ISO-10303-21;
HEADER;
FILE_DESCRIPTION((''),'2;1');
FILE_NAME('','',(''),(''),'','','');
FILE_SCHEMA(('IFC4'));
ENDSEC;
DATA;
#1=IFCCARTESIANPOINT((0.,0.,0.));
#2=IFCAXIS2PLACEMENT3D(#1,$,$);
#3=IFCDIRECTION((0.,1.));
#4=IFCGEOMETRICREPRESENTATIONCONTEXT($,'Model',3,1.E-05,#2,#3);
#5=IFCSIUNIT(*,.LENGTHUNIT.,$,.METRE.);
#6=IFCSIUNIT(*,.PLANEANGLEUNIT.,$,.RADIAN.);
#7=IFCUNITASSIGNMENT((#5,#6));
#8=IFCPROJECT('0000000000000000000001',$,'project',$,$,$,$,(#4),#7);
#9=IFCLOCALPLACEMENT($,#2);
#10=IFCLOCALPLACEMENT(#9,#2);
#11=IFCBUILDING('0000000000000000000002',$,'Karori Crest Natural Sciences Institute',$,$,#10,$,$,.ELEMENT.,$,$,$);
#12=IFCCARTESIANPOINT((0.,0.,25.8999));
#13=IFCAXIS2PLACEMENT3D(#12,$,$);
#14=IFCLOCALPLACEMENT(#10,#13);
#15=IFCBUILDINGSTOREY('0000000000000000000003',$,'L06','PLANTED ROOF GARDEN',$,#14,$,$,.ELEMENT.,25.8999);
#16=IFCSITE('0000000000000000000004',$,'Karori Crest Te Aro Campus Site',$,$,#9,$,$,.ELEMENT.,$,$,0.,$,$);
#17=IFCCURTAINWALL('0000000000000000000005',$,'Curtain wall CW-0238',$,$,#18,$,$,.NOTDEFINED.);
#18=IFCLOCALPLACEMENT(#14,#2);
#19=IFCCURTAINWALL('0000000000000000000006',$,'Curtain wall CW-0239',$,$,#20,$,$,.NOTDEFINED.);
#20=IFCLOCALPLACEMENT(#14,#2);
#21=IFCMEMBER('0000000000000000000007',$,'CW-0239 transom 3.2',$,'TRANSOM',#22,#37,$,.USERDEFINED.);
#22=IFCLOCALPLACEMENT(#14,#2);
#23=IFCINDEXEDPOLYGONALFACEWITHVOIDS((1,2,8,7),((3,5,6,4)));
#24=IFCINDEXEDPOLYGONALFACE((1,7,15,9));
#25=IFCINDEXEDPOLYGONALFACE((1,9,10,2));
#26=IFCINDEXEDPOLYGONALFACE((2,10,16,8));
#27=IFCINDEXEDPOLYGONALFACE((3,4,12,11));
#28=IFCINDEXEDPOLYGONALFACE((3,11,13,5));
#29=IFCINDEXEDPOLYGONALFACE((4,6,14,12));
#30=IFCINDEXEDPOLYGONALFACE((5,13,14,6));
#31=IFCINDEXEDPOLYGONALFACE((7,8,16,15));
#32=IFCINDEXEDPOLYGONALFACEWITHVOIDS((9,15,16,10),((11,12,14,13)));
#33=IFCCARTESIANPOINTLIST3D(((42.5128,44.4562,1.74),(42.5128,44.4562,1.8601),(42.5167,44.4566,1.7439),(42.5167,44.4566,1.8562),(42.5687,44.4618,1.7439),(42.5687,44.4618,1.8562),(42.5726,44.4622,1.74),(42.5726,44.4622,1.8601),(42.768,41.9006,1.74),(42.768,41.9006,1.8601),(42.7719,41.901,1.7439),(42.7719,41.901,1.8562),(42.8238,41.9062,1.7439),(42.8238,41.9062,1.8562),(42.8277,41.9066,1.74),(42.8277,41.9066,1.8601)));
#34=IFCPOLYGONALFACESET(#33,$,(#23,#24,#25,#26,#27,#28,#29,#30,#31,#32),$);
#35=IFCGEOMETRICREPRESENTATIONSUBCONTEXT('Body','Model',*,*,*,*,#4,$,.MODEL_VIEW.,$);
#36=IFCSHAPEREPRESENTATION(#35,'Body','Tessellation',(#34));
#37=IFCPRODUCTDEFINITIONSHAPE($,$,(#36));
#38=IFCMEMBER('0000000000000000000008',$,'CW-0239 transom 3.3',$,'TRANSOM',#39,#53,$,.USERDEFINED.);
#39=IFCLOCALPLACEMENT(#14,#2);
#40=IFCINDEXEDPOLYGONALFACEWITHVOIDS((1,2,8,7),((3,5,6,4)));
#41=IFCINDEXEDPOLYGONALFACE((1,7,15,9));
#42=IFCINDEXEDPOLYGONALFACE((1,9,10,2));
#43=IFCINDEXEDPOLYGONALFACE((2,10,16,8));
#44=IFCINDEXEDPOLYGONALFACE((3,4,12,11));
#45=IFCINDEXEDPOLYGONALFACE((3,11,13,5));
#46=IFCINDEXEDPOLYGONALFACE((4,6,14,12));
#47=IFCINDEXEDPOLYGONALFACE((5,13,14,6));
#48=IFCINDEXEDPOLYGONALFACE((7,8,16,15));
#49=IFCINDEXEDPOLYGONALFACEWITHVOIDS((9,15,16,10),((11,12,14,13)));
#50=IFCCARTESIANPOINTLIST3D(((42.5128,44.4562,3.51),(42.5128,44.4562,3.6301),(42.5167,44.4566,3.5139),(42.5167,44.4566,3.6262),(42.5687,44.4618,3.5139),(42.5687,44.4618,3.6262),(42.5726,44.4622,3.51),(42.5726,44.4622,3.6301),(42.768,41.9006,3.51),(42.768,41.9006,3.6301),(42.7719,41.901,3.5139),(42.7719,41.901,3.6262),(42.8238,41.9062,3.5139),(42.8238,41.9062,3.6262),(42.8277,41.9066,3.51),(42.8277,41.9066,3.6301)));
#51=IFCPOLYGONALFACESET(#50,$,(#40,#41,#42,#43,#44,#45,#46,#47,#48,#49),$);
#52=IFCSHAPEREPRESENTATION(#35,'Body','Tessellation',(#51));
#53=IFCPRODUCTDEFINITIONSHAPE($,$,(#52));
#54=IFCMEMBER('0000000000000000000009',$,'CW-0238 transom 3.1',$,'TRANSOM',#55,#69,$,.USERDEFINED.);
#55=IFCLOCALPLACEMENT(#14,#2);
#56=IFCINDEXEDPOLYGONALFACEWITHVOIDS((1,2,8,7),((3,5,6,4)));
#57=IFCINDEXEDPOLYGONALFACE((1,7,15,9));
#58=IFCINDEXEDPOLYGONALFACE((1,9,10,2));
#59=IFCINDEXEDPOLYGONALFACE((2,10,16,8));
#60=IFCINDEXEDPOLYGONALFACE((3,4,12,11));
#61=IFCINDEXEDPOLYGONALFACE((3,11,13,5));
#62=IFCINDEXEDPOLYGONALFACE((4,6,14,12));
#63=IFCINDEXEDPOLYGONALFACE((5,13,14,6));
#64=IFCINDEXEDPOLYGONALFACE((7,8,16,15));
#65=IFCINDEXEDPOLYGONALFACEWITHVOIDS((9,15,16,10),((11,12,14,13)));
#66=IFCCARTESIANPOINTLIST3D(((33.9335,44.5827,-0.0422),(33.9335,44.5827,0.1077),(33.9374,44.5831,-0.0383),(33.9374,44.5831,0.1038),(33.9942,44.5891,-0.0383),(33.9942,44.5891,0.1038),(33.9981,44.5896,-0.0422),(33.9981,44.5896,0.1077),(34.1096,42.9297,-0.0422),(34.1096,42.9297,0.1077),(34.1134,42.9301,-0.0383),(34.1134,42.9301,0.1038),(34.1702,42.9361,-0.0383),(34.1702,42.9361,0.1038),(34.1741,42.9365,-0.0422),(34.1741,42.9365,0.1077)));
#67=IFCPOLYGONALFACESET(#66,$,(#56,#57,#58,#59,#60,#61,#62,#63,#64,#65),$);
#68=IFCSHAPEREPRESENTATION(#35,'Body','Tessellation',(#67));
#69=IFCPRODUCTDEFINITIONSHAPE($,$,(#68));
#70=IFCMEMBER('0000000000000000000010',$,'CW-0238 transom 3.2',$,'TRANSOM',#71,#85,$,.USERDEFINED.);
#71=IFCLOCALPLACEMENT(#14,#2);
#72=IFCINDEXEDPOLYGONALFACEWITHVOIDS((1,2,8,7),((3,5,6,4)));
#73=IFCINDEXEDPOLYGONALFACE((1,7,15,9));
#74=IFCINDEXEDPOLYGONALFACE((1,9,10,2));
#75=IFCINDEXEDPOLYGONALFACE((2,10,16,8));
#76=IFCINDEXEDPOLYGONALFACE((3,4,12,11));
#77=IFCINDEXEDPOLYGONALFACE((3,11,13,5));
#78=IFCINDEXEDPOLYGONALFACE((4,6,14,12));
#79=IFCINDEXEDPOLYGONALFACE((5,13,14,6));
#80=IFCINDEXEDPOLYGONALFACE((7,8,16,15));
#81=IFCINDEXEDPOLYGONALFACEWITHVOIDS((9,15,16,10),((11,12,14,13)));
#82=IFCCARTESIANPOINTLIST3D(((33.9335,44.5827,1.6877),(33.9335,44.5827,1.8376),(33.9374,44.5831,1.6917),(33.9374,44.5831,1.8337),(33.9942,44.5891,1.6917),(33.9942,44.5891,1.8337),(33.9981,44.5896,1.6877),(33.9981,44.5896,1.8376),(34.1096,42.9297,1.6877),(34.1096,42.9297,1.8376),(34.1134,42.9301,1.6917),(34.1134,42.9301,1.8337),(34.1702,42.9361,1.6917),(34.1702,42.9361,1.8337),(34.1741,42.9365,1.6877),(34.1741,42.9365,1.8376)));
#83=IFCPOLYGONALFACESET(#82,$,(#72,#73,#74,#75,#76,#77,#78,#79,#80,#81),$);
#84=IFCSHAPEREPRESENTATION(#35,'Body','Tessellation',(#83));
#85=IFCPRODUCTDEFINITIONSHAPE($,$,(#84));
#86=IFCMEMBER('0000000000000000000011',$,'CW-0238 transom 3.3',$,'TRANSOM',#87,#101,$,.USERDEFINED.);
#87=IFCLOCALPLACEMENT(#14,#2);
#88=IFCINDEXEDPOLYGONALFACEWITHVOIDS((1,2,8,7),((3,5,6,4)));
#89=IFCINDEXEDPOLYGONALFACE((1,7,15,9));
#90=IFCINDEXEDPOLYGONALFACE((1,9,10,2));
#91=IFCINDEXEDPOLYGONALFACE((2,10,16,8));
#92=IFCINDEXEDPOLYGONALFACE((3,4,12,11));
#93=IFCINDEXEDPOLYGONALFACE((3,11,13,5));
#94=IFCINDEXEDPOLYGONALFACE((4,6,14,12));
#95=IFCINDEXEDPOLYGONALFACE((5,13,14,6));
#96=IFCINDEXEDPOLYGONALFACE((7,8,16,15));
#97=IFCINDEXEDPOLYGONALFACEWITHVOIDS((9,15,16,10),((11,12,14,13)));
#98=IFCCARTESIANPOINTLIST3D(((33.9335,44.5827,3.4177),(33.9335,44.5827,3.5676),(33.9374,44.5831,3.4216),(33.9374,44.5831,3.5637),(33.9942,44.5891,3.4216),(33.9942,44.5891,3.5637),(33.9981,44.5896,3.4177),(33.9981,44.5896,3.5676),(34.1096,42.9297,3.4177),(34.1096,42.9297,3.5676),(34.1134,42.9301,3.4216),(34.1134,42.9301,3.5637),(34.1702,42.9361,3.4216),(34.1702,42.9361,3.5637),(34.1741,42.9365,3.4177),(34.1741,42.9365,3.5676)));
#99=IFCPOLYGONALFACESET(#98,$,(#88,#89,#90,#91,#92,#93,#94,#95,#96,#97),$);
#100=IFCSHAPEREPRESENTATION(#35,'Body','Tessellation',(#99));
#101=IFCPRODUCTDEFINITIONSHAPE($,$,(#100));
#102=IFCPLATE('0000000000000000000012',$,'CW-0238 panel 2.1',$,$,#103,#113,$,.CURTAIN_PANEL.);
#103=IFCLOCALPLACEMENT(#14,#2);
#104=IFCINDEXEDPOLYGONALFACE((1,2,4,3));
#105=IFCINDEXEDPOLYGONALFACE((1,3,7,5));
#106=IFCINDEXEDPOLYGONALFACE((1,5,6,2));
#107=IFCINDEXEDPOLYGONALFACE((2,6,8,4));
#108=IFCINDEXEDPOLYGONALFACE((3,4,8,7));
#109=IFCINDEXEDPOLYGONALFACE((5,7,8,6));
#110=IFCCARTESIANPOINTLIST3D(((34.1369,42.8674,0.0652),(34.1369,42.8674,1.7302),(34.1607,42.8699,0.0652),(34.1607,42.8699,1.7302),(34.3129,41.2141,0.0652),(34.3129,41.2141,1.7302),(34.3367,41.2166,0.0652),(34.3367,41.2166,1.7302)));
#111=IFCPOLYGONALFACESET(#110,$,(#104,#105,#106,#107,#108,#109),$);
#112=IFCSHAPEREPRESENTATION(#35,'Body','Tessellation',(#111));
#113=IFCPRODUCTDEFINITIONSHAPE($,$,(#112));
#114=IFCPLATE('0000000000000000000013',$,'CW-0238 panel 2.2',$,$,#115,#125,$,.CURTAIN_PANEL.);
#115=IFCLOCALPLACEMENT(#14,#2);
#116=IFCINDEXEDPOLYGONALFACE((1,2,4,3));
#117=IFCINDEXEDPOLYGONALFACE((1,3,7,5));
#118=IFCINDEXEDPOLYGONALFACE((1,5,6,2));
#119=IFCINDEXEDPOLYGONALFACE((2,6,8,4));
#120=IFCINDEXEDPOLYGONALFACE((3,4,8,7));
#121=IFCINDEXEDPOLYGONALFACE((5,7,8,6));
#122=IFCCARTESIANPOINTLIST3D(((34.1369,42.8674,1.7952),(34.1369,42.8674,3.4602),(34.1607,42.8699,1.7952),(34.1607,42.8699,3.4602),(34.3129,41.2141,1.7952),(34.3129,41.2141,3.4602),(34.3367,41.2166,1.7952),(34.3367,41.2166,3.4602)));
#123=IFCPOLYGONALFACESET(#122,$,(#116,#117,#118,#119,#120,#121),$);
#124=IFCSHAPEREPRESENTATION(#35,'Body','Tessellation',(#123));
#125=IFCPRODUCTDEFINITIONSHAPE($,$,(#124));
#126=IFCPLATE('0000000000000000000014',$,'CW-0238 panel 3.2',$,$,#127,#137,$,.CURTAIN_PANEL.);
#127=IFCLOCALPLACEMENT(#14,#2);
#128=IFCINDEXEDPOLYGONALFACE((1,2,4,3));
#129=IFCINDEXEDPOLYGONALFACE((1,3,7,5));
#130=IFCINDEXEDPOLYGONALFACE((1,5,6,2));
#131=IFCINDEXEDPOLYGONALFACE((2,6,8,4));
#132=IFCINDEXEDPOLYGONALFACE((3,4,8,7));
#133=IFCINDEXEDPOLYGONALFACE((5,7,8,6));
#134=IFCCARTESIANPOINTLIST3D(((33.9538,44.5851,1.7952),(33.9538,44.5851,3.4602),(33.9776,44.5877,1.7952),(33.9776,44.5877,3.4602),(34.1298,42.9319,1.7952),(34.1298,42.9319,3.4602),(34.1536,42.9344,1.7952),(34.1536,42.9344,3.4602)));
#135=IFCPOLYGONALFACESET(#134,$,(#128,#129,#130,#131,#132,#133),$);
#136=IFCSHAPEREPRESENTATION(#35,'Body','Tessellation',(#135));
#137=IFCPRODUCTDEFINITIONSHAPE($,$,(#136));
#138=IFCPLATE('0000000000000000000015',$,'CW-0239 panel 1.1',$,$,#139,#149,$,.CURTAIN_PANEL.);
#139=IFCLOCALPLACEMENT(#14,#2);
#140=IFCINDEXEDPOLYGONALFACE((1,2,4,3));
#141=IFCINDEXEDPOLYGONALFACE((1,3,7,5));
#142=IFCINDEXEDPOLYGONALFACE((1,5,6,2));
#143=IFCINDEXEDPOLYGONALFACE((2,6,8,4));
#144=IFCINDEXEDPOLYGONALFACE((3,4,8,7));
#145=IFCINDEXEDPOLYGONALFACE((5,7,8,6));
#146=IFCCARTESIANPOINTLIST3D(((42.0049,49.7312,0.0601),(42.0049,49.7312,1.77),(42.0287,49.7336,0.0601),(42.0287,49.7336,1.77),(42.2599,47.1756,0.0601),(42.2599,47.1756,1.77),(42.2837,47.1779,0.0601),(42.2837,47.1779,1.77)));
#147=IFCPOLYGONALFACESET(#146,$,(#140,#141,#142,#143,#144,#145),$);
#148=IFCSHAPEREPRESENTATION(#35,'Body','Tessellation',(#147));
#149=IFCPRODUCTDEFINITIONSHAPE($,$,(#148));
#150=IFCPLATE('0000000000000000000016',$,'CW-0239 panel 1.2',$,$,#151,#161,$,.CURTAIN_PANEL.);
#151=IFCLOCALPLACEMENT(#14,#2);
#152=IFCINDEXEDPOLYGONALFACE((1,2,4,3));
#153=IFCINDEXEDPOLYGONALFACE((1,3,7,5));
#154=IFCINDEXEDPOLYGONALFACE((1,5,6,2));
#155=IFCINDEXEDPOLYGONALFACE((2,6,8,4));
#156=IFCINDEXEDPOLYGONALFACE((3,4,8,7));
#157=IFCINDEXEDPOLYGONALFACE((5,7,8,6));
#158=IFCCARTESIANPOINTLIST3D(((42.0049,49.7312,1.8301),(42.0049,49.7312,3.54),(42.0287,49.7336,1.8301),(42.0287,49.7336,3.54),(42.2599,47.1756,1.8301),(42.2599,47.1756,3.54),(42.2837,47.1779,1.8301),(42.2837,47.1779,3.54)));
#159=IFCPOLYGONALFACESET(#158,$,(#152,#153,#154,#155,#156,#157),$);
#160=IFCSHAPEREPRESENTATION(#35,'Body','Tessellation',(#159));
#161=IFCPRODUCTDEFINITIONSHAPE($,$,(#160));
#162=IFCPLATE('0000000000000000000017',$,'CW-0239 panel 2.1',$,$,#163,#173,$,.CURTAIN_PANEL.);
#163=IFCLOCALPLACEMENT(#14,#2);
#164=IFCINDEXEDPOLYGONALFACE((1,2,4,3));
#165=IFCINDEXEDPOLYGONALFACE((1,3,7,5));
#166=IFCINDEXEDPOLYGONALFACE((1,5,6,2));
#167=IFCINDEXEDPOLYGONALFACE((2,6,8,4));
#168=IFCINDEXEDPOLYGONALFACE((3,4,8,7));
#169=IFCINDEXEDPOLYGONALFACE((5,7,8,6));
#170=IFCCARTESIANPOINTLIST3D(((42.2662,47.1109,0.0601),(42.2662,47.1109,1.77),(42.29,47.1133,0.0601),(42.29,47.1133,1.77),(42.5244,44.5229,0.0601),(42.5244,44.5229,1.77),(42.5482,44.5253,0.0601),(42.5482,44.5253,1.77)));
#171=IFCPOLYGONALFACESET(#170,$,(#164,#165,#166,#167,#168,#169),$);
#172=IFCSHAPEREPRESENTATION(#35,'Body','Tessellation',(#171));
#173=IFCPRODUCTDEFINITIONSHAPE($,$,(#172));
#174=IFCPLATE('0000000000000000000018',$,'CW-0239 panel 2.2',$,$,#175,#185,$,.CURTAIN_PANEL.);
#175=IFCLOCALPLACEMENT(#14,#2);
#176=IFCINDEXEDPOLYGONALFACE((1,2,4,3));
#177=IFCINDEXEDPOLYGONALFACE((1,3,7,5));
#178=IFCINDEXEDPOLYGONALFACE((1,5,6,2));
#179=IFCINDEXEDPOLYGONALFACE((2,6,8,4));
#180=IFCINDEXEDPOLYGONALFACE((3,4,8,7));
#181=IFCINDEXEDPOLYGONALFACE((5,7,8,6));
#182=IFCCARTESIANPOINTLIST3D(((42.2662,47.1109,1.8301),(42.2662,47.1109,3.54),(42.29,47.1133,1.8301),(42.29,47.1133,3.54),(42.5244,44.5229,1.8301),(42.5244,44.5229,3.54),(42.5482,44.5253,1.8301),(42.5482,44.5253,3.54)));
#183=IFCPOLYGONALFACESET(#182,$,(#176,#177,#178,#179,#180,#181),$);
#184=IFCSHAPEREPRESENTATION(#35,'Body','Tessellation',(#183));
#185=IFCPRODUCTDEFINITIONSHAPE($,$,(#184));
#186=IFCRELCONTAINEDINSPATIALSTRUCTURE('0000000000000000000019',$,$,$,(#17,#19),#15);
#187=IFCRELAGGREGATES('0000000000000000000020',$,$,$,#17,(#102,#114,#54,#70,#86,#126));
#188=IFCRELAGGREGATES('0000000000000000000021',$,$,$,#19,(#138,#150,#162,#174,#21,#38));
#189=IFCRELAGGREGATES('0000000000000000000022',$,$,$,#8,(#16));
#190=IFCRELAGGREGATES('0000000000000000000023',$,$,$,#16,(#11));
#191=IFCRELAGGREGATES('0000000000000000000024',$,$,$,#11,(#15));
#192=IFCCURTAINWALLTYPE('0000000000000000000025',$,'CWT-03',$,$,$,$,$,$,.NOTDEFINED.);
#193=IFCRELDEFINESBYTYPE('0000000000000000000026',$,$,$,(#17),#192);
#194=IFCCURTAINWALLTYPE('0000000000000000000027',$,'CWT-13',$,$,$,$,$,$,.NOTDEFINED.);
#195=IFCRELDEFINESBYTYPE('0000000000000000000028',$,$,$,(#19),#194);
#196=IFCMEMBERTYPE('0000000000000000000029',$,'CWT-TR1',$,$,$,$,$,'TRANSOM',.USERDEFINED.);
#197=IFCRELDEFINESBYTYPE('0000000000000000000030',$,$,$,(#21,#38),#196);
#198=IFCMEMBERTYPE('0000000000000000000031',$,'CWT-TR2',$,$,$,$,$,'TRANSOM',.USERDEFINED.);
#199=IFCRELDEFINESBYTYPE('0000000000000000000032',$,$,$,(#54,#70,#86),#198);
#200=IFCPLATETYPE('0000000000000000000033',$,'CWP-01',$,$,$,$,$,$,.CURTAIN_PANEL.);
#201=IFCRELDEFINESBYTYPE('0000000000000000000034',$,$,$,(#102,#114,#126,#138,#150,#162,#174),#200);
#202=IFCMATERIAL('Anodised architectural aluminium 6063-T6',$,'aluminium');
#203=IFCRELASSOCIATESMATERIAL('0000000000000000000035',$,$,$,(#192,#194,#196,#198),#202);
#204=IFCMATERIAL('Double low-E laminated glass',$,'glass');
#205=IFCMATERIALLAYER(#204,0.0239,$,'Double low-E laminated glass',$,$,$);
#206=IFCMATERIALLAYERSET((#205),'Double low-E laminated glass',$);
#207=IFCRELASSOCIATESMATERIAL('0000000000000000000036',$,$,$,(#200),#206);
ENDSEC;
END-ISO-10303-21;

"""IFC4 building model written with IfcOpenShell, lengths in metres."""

from ifc_helpers import new_model, si_unit, direction, frame, origin, origin_2d, place, context, subcontext, project, spatial, rectangle, hollow_rectangle, extrude, material, layer, layer_set, material_profile, profile_set, type_object, element, aggregate, save


model = new_model("IFC4")

# Units and contexts
model_context = context("Model", 3, precision=1e-05, world=origin(), true_north=direction((0.0, 1.0)))
body_context = subcontext(model_context, "Body", "Model", "MODEL_VIEW")
ifc_project = project(units=[si_unit("LENGTHUNIT", "METRE"), si_unit("PLANEANGLEUNIT", "RADIAN")], contexts=[model_context])

# Site, building, storey
site_placement = place(None, origin())
site = spatial("IfcSite", under=ifc_project, at=site_placement, Name="Karori Crest Te Aro Campus Site", CompositionType="ELEMENT", RefElevation=0.0)
building_placement = place(site_placement, origin())
building = spatial("IfcBuilding", under=site, at=building_placement, Name="Karori Crest Natural Sciences Institute", CompositionType="ELEMENT")
storey_placement = place(building_placement, frame((0.0, 0.0, 25.8999)))
storey = spatial("IfcBuildingStorey", under=building, at=storey_placement, Name="L06", Description="PLANTED ROOF GARDEN", CompositionType="ELEMENT", Elevation=25.8999)

# Curtain wall
ifc_material_1 = material(Name="Anodised architectural aluminium 6063-T6", Category="aluminium")
curtain_wall_type_1 = type_object("IfcCurtainWallType", Name="CWT-03", PredefinedType="NOTDEFINED", material=ifc_material_1)
curtain_wall_1_placement = place(storey_placement, origin())
curtain_wall_1 = element("IfcCurtainWall", 1, at=curtain_wall_1_placement, inside=storey, type_object=curtain_wall_type_1, Name="Curtain wall CW-0238", PredefinedType="NOTDEFINED")

# Curtain wall, members
curtain_wall_type_2 = type_object("IfcCurtainWallType", Name="CWT-13", PredefinedType="NOTDEFINED", material=ifc_material_1)
curtain_wall_2_placement = place(storey_placement, origin())
curtain_wall_2 = element("IfcCurtainWall", 2, at=curtain_wall_2_placement, inside=storey, type_object=curtain_wall_type_2, Name="Curtain wall CW-0239", PredefinedType="NOTDEFINED")
ifc_material_profile_1 = material_profile(ifc_material_1, hollow_rectangle(XDim=0.0601, YDim=0.1201, WallThickness=0.0039, at=origin_2d()), Name="CWT120x60x4")
ifc_profile_set_1 = profile_set([ifc_material_profile_1], Name="Anodised architectural aluminium 6063-T6")
member_type_1 = type_object("IfcMemberType", Name="CWT-TR1", ElementType="TRANSOM", PredefinedType="USERDEFINED", material=ifc_profile_set_1)
member_1_placement = place(storey_placement, frame((42.5427, 44.4592, 1.8), z_axis=(0.099334, -0.995054, 0.0), x_axis=(0.995054, 0.099334, 0.0)))
member_1 = element("IfcMember", 3, at=member_1_placement, type_object=member_type_1, Name="CW-0239 transom 3.2", ObjectType="TRANSOM", PredefinedType="USERDEFINED", context=body_context, shape_type="SweptSolid", body=[
    extrude(hollow_rectangle(XDim=0.0601, YDim=0.1201, WallThickness=0.0039, at=origin_2d()), origin(), (0.0, 0.0, 1.0), 2.5684),
])
member_2_placement = place(storey_placement, frame((42.5427, 44.4592, 3.5701), z_axis=(0.099334, -0.995054, 0.0), x_axis=(0.995054, 0.099334, 0.0)))
member_2 = element("IfcMember", 4, at=member_2_placement, type_object=member_type_1, Name="CW-0239 transom 3.3", ObjectType="TRANSOM", PredefinedType="USERDEFINED", context=body_context, shape_type="SweptSolid", body=[
    extrude(hollow_rectangle(XDim=0.0601, YDim=0.1201, WallThickness=0.0039, at=origin_2d()), origin(), (0.0, 0.0, 1.0), 2.5684),
])

# Members
ifc_material_profile_2 = material_profile(ifc_material_1, hollow_rectangle(XDim=0.0649, YDim=0.1499, WallThickness=0.0039, at=origin_2d()), Name="CWT150x65x4")
ifc_profile_set_2 = profile_set([ifc_material_profile_2], Name="Anodised architectural aluminium 6063-T6")
member_type_2 = type_object("IfcMemberType", Name="CWT-TR2", ElementType="TRANSOM", PredefinedType="USERDEFINED", material=ifc_profile_set_2)
member_3_placement = place(storey_placement, frame((34.1418, 42.9331, 0.0327), z_axis=(-0.105885, 0.994378, 0.0), x_axis=(-0.994378, -0.105885, 0.0)))
member_3 = element("IfcMember", 5, at=member_3_placement, type_object=member_type_2, Name="CW-0238 transom 3.1", ObjectType="TRANSOM", PredefinedType="USERDEFINED", context=body_context, shape_type="SweptSolid", body=[
    extrude(hollow_rectangle(XDim=0.0649, YDim=0.1499, WallThickness=0.0039, at=origin_2d()), origin(), (0.0, 0.0, 1.0), 1.6624),
])
member_4_placement = place(storey_placement, frame((34.1418, 42.9331, 1.7627), z_axis=(-0.105885, 0.994378, 0.0), x_axis=(-0.994378, -0.105885, 0.0)))
member_4 = element("IfcMember", 6, at=member_4_placement, type_object=member_type_2, Name="CW-0238 transom 3.2", ObjectType="TRANSOM", PredefinedType="USERDEFINED", context=body_context, shape_type="SweptSolid", body=[
    extrude(hollow_rectangle(XDim=0.0649, YDim=0.1499, WallThickness=0.0039, at=origin_2d()), origin(), (0.0, 0.0, 1.0), 1.6624),
])
member_5_placement = place(storey_placement, frame((34.1418, 42.9331, 3.4927), z_axis=(-0.105885, 0.994378, 0.0), x_axis=(-0.994378, -0.105885, 0.0)))
member_5 = element("IfcMember", 7, at=member_5_placement, type_object=member_type_2, Name="CW-0238 transom 3.3", ObjectType="TRANSOM", PredefinedType="USERDEFINED", context=body_context, shape_type="SweptSolid", body=[
    extrude(hollow_rectangle(XDim=0.0649, YDim=0.1499, WallThickness=0.0039, at=origin_2d()), origin(), (0.0, 0.0, 1.0), 1.6624),
])

# Plates
ifc_material_2 = material(Name="Double low-E laminated glass", Category="glass")
ifc_layer_1 = layer(ifc_material_2, 0.0239, Name="Double low-E laminated glass")
ifc_layer_set_1 = layer_set([ifc_layer_1], Name="Double low-E laminated glass")
plate_type = type_object("IfcPlateType", Name="CWP-01", PredefinedType="CURTAIN_PANEL", material=ifc_layer_set_1)
plate_1_placement = place(storey_placement, frame((34.2368, 42.042, 0.0652), z_axis=(0.0, 0.0, 1.0), x_axis=(-0.105884, 0.994378, 0.0)))
plate_1 = element("IfcPlate", 8, at=plate_1_placement, type_object=plate_type, Name="CW-0238 panel 2.1", PredefinedType="CURTAIN_PANEL", context=body_context, shape_type="SweptSolid", body=[
    extrude(rectangle(XDim=1.6626, YDim=0.0239, at=origin_2d()), origin(), (0.0, 0.0, 1.0), 1.665),
])
plate_2_placement = place(storey_placement, frame((34.2368, 42.042, 1.7952), z_axis=(0.0, 0.0, 1.0), x_axis=(-0.105884, 0.994378, 0.0)))
plate_2 = element("IfcPlate", 9, at=plate_2_placement, type_object=plate_type, Name="CW-0238 panel 2.2", PredefinedType="CURTAIN_PANEL", context=body_context, shape_type="SweptSolid", body=[
    extrude(rectangle(XDim=1.6626, YDim=0.0239, at=origin_2d()), origin(), (0.0, 0.0, 1.0), 1.665),
])
plate_3_placement = place(storey_placement, frame((34.0537, 43.7598, 1.7952), z_axis=(0.0, 0.0, 1.0), x_axis=(-0.105884, 0.994378, 0.0)))
plate_3 = element("IfcPlate", 10, at=plate_3_placement, type_object=plate_type, Name="CW-0238 panel 3.2", PredefinedType="CURTAIN_PANEL", context=body_context, shape_type="SweptSolid", body=[
    extrude(rectangle(XDim=1.6626, YDim=0.0239, at=origin_2d()), origin(), (0.0, 0.0, 1.0), 1.665),
])
aggregate(curtain_wall_1, [plate_1, plate_2, member_3, member_4, member_5, plate_3])
plate_4_placement = place(storey_placement, frame((42.1443, 48.4546, 0.0601), z_axis=(0.0, 0.0, 1.0), x_axis=(0.099268, -0.995061, 0.0)))
plate_4 = element("IfcPlate", 11, at=plate_4_placement, type_object=plate_type, Name="CW-0239 panel 1.1", PredefinedType="CURTAIN_PANEL", context=body_context, shape_type="SweptSolid", body=[
    extrude(rectangle(XDim=2.5684, YDim=0.0239, at=origin_2d()), origin(), (0.0, 0.0, 1.0), 1.71),
])
plate_5_placement = place(storey_placement, frame((42.1443, 48.4546, 1.8301), z_axis=(0.0, 0.0, 1.0), x_axis=(0.099268, -0.995061, 0.0)))
plate_5 = element("IfcPlate", 12, at=plate_5_placement, type_object=plate_type, Name="CW-0239 panel 1.2", PredefinedType="CURTAIN_PANEL", context=body_context, shape_type="SweptSolid", body=[
    extrude(rectangle(XDim=2.5684, YDim=0.0239, at=origin_2d()), origin(), (0.0, 0.0, 1.0), 1.71),
])
plate_6_placement = place(storey_placement, frame((42.4072, 45.8181, 0.0601), z_axis=(0.0, 0.0, 1.0), x_axis=(0.099268, -0.995061, 0.0)))
plate_6 = element("IfcPlate", 13, at=plate_6_placement, type_object=plate_type, Name="CW-0239 panel 2.1", PredefinedType="CURTAIN_PANEL", context=body_context, shape_type="SweptSolid", body=[
    extrude(rectangle(XDim=2.6008, YDim=0.0239, at=origin_2d()), origin(), (0.0, 0.0, 1.0), 1.71),
])
plate_7_placement = place(storey_placement, frame((42.4072, 45.8181, 1.8301), z_axis=(0.0, 0.0, 1.0), x_axis=(0.099268, -0.995061, 0.0)))
plate_7 = element("IfcPlate", 14, at=plate_7_placement, type_object=plate_type, Name="CW-0239 panel 2.2", PredefinedType="CURTAIN_PANEL", context=body_context, shape_type="SweptSolid", body=[
    extrude(rectangle(XDim=2.6008, YDim=0.0239, at=origin_2d()), origin(), (0.0, 0.0, 1.0), 1.71),
])
aggregate(curtain_wall_2, [plate_4, plate_5, plate_6, plate_7, member_1, member_2])

save(model, "model.ifc")
